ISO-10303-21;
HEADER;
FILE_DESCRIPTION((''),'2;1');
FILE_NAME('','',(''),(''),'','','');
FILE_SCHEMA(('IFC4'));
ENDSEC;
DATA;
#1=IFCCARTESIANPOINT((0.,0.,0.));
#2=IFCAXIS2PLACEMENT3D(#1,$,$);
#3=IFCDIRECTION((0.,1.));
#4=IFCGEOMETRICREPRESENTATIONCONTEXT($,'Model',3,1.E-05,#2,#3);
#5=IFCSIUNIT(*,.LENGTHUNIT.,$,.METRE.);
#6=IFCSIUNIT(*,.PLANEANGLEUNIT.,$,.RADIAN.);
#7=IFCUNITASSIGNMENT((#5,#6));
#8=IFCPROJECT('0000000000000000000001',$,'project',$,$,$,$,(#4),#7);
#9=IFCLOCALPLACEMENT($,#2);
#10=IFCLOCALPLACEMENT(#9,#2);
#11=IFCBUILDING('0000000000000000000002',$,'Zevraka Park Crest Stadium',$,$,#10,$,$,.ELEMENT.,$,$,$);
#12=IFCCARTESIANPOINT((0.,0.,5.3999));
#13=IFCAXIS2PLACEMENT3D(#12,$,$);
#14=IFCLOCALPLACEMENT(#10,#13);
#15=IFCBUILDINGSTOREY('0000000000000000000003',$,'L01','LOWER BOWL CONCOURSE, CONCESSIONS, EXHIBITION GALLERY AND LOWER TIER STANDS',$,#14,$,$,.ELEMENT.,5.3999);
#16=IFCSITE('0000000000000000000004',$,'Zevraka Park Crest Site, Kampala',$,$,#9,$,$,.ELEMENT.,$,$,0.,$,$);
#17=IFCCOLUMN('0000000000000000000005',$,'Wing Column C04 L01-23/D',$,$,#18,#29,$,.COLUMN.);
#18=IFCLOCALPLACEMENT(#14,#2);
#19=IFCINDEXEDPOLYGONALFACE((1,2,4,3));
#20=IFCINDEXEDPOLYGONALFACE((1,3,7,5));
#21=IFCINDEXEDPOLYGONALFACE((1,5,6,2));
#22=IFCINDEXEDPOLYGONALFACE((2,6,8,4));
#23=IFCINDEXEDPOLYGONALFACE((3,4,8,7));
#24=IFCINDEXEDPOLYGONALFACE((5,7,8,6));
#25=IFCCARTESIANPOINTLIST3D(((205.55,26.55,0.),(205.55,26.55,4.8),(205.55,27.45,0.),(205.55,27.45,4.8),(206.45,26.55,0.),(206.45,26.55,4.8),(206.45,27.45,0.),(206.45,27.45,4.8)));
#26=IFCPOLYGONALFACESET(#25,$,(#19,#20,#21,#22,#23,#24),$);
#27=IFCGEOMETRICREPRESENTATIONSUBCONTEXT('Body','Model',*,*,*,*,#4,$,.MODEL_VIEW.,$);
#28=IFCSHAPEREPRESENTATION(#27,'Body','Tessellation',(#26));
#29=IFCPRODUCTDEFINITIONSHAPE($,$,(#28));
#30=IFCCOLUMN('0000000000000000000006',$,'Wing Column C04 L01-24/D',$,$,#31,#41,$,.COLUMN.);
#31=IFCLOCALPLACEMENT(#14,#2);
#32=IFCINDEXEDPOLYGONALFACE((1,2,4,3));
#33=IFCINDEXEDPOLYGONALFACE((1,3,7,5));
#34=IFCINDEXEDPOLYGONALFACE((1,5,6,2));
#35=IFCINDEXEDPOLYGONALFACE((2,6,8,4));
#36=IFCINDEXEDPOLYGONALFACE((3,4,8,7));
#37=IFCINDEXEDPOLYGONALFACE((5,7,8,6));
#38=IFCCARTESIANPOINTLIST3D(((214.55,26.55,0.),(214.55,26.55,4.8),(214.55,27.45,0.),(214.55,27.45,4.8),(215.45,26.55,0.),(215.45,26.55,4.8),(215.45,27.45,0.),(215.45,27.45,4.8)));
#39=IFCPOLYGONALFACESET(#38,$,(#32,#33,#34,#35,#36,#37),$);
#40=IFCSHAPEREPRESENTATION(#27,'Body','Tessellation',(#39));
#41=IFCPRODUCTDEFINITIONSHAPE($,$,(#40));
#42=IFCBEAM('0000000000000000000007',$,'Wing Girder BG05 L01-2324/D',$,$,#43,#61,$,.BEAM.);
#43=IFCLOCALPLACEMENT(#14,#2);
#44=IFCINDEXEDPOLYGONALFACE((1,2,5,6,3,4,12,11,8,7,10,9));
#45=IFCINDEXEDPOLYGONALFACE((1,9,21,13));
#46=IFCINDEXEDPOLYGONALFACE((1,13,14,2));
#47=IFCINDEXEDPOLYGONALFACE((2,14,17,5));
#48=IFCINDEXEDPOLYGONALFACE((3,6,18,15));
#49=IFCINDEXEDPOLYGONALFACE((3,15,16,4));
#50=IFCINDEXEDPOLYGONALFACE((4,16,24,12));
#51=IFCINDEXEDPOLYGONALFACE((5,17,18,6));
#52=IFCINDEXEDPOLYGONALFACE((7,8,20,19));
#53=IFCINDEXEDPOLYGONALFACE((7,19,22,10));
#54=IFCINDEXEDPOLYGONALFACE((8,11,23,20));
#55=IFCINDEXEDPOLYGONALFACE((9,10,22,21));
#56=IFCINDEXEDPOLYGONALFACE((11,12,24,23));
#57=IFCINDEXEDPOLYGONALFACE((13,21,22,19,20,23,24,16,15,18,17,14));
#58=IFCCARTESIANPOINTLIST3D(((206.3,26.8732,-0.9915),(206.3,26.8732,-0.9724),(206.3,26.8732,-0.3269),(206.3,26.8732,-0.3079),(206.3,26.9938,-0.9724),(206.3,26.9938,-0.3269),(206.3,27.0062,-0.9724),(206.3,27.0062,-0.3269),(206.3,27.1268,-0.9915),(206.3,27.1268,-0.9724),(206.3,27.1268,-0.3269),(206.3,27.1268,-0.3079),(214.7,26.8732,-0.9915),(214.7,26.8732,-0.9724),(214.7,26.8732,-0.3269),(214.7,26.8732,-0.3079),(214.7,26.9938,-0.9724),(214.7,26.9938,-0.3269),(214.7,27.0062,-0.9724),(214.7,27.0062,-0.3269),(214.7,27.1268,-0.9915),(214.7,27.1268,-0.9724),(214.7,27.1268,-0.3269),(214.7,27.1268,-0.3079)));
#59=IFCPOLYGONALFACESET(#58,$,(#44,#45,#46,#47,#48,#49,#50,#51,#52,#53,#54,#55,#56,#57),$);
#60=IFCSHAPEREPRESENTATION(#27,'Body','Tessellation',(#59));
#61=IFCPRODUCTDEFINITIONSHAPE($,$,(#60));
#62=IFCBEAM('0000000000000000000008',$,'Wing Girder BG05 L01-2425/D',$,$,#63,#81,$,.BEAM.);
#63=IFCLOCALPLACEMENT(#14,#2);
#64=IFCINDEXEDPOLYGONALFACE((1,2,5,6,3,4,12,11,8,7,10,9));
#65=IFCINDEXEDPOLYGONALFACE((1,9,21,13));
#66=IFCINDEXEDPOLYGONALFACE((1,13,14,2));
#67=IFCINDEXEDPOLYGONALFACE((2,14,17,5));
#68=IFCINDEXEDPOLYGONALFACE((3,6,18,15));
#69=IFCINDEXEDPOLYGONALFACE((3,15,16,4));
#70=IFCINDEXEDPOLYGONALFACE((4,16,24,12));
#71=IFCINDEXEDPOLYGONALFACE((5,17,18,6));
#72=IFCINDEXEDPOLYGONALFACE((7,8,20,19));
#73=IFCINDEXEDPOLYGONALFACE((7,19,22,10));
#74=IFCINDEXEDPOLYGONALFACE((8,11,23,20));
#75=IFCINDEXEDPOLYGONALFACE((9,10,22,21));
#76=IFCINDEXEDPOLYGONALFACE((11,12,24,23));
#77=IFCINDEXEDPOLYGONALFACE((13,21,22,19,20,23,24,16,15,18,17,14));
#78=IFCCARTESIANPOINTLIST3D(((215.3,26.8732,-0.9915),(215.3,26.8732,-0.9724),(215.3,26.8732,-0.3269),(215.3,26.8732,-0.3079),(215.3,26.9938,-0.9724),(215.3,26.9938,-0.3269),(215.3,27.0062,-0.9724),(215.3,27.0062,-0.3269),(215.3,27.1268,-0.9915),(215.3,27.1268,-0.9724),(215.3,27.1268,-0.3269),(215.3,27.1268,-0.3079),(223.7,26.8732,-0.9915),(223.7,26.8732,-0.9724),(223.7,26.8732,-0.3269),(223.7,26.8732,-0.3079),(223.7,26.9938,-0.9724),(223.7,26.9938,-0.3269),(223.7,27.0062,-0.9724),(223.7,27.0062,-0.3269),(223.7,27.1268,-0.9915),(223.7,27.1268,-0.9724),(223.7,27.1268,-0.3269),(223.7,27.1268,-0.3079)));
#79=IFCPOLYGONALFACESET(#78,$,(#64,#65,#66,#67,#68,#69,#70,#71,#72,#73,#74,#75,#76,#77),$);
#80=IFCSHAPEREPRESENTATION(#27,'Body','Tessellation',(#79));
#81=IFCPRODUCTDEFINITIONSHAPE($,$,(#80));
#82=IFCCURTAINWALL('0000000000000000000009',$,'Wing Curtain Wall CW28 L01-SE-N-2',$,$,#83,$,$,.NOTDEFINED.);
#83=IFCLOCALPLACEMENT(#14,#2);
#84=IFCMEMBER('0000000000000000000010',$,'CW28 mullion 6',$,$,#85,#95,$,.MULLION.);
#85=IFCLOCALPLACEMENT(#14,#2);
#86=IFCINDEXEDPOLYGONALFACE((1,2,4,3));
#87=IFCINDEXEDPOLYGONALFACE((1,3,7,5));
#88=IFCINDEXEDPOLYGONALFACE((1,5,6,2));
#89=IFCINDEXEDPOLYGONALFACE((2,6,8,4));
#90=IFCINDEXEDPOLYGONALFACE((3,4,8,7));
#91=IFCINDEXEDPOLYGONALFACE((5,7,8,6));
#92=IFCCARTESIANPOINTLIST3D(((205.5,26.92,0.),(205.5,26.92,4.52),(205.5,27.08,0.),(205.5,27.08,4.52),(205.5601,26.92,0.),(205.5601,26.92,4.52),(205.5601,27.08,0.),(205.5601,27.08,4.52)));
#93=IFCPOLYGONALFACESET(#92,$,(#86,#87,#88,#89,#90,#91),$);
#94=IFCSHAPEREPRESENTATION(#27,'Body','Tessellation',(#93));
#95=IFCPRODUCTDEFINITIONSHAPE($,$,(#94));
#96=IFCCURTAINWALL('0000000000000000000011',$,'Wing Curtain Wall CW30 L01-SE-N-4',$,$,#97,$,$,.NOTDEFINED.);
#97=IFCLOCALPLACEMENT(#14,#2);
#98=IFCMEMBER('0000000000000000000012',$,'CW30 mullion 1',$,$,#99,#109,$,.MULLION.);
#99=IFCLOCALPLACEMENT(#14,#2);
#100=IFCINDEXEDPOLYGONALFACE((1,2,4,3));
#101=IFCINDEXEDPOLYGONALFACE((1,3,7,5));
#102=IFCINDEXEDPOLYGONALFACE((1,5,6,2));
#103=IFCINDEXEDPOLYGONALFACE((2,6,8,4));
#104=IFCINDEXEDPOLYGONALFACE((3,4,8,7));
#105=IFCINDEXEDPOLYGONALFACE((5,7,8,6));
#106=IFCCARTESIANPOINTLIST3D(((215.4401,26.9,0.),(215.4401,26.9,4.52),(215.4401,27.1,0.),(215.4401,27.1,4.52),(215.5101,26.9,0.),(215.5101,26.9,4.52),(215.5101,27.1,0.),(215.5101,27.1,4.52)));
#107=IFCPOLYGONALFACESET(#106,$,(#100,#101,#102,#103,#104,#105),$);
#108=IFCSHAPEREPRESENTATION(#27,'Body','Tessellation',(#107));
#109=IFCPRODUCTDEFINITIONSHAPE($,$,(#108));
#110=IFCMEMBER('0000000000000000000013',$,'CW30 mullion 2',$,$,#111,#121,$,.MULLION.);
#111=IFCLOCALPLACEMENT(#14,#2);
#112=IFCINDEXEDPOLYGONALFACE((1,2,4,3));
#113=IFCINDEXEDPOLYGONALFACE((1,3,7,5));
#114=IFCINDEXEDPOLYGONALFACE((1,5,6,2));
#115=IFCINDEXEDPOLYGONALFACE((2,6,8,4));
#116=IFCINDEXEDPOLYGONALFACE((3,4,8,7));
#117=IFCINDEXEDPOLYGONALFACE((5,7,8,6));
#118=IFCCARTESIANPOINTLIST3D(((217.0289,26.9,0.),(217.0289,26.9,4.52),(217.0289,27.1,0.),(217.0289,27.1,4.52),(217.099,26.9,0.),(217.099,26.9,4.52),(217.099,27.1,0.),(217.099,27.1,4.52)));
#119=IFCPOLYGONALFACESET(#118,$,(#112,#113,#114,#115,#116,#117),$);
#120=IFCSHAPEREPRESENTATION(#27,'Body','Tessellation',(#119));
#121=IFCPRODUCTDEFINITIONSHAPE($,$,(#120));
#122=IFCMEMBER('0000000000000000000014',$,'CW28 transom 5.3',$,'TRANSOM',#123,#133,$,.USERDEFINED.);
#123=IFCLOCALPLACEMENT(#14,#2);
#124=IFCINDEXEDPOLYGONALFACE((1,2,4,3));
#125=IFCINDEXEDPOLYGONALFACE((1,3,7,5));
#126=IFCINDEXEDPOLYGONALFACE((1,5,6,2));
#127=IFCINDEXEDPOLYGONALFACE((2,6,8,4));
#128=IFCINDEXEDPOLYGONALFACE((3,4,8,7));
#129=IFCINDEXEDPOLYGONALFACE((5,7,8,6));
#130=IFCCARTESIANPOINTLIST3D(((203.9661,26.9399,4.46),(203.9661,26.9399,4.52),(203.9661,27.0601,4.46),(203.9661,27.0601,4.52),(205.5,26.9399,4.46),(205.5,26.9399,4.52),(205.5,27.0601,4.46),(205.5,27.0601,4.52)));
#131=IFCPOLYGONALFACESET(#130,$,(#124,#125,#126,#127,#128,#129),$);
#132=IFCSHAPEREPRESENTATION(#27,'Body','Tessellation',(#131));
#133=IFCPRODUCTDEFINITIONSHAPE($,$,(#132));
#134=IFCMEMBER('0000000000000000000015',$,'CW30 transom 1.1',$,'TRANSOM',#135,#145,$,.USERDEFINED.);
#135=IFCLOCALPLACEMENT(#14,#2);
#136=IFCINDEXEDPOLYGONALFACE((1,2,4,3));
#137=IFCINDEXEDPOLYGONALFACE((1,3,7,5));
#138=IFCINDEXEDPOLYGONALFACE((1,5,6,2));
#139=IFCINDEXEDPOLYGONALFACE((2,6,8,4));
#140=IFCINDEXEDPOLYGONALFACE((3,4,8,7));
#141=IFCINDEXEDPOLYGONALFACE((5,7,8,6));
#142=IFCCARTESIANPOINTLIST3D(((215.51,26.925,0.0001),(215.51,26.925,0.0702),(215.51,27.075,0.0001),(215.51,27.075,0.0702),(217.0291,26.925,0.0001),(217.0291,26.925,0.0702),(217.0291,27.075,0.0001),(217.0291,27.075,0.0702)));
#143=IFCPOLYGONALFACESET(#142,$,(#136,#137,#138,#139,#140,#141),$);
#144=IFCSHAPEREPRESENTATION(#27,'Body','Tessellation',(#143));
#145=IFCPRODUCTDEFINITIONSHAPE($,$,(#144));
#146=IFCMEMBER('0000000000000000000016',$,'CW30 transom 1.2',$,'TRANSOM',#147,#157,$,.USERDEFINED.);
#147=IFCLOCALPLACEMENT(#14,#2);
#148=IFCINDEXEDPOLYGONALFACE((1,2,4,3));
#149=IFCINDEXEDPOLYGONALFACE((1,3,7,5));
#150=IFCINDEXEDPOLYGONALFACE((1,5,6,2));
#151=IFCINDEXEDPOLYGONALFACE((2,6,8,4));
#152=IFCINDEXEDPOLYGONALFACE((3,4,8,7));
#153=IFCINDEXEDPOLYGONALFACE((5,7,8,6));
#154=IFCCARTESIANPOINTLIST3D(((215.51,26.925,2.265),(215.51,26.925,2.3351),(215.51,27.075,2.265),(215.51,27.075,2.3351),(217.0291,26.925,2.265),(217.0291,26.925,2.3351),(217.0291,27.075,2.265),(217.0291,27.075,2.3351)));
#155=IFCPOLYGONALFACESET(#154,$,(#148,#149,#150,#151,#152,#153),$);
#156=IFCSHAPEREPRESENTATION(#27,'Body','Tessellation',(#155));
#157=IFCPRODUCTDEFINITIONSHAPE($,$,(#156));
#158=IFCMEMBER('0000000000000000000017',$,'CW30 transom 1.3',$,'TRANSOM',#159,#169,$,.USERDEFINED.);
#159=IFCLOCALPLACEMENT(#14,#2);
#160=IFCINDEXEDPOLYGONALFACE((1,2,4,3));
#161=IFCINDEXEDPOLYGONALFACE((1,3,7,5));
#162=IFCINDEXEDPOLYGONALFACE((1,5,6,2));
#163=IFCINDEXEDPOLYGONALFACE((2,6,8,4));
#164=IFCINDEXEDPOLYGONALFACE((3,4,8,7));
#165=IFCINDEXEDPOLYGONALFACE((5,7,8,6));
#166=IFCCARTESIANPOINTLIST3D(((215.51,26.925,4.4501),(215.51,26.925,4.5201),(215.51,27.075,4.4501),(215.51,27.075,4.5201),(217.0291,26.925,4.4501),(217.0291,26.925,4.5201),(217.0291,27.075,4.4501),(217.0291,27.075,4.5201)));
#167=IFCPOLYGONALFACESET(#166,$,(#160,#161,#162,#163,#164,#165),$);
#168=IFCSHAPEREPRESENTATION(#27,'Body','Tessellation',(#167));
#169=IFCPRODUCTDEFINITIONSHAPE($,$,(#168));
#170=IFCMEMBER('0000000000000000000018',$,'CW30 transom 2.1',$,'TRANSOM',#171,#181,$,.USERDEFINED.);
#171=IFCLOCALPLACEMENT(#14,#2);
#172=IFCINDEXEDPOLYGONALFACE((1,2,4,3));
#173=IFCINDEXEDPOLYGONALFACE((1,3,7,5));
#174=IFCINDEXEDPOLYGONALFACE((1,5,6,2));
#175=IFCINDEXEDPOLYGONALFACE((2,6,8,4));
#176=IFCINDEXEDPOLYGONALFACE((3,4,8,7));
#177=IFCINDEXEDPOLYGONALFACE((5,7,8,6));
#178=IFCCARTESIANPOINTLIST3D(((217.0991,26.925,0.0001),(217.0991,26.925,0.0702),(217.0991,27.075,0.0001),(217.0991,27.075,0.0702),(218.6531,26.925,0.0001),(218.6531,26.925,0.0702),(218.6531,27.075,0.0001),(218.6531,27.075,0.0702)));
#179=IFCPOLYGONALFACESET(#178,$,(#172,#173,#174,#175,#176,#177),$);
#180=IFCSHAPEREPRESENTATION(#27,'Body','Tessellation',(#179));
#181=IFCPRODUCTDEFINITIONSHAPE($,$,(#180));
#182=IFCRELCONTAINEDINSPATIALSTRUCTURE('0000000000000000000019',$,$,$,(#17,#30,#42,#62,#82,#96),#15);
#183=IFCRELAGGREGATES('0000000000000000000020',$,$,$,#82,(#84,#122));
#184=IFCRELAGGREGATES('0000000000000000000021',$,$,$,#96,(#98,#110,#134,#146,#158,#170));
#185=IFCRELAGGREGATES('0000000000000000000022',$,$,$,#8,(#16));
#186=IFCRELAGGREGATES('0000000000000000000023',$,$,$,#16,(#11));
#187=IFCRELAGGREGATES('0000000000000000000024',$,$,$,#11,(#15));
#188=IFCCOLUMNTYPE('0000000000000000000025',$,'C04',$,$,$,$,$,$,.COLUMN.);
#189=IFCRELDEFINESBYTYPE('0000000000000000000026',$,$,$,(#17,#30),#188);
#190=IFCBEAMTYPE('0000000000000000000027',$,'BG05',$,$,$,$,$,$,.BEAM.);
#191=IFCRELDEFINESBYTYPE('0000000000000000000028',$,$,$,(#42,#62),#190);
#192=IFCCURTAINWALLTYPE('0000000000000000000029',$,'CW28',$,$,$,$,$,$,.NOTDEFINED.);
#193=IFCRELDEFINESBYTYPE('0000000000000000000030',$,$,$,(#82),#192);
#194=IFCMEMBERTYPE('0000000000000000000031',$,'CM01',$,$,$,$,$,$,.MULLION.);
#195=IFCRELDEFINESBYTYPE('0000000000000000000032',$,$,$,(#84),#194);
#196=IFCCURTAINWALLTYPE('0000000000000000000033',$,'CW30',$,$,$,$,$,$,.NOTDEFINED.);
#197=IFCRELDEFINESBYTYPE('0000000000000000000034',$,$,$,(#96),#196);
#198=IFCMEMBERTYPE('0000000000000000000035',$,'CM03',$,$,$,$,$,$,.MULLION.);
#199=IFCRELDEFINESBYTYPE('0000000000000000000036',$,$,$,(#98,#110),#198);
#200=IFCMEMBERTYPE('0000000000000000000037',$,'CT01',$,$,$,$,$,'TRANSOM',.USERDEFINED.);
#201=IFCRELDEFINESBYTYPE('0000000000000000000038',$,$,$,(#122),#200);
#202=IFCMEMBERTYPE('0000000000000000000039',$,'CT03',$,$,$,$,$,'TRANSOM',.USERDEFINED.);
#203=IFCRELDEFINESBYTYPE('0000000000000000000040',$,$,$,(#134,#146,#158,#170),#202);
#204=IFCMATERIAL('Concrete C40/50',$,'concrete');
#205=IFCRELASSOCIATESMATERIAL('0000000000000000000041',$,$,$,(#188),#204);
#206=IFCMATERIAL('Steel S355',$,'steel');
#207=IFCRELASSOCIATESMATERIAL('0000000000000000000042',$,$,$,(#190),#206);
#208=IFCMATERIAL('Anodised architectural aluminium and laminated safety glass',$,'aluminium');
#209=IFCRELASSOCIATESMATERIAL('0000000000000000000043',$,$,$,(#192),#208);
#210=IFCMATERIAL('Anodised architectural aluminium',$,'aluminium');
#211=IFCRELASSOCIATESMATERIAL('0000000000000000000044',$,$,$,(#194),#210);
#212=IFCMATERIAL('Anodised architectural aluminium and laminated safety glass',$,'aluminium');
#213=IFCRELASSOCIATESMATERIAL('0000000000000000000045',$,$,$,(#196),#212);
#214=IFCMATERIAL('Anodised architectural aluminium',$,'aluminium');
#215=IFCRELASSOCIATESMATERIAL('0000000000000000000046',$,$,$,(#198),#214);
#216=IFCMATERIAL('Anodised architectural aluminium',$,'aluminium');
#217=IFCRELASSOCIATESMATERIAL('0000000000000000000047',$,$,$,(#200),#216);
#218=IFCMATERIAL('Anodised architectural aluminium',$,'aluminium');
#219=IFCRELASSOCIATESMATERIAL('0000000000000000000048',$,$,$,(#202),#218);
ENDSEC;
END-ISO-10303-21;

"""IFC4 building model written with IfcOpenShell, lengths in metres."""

from ifc_helpers import new_model, si_unit, direction, frame, origin, origin_2d, place, context, subcontext, project, spatial, rectangle, i_section, extrude, material, material_profile, profile_set, type_object, element, aggregate, save


model = new_model("IFC4")

# Units and contexts
model_context = context("Model", 3, precision=1e-05, world=origin(), true_north=direction((0.0, 1.0)))
body_context = subcontext(model_context, "Body", "Model", "MODEL_VIEW")
ifc_project = project(units=[si_unit("LENGTHUNIT", "METRE"), si_unit("PLANEANGLEUNIT", "RADIAN")], contexts=[model_context])

# Site, building, storey
site_placement = place(None, origin())
site = spatial("IfcSite", under=ifc_project, at=site_placement, Name="Zevraka Park Crest Site, Kampala", CompositionType="ELEMENT", RefElevation=0.0)
building_placement = place(site_placement, origin())
building = spatial("IfcBuilding", under=site, at=building_placement, Name="Zevraka Park Crest Stadium", CompositionType="ELEMENT")
storey_placement = place(building_placement, frame((0.0, 0.0, 5.3999)))
storey = spatial("IfcBuildingStorey", under=building, at=storey_placement, Name="L01", Description="LOWER BOWL CONCOURSE, CONCESSIONS, EXHIBITION GALLERY AND LOWER TIER STANDS", CompositionType="ELEMENT", Elevation=5.3999)

# Columns
ifc_material_1 = material(Name="Concrete C40/50", Category="concrete")
ifc_material_profile_1 = material_profile(ifc_material_1, rectangle(XDim=0.8999, YDim=0.8999, at=origin_2d()), Name="RC 900x900")
ifc_profile_set_1 = profile_set([ifc_material_profile_1], Name="Concrete C40/50")
column_type = type_object("IfcColumnType", Name="C04", PredefinedType="COLUMN", material=ifc_profile_set_1)
for number, where, z_axis, x_axis, name in (
    (1, (206.0, 27.0, 0.0), (0.0, 0.0, 1.0), (1.0, 0.0, 0.0), "Wing Column C04 L01-23/D"),
    (2, (215.0, 27.0, 0.0), (0.0, 0.0, 1.0), (1.0, 0.0, 0.0), "Wing Column C04 L01-24/D"),
):
    element("IfcColumn", number, at=place(storey_placement, frame(where, z_axis=z_axis, x_axis=x_axis)), inside=storey, type_object=column_type, Name=name, PredefinedType="COLUMN", context=body_context, shape_type="SweptSolid", body=[
        extrude(rectangle(XDim=0.8999, YDim=0.8999, at=origin_2d()), origin(), (0.0, 0.0, 1.0), 4.8),
    ])

# Beams
ifc_material_2 = material(Name="Steel S355", Category="steel")
ifc_material_profile_2 = material_profile(ifc_material_2, i_section(OverallWidth=0.2537, OverallDepth=0.6836, WebThickness=0.0125, FlangeThickness=0.019, at=origin_2d()), Name="UKB 686x254x140")
ifc_profile_set_2 = profile_set([ifc_material_profile_2], Name="Steel S355")
beam_type = type_object("IfcBeamType", Name="BG05", PredefinedType="BEAM", material=ifc_profile_set_2)
for number, where, z_axis, x_axis, name in (
    (3, (206.3, 27.0, -0.6497), (1.0, 0.0, 0.0), (0.0, 1.0, 0.0), "Wing Girder BG05 L01-2324/D"),
    (4, (215.3, 27.0, -0.6497), (1.0, 0.0, 0.0), (0.0, 1.0, 0.0), "Wing Girder BG05 L01-2425/D"),
):
    element("IfcBeam", number, at=place(storey_placement, frame(where, z_axis=z_axis, x_axis=x_axis)), inside=storey, type_object=beam_type, Name=name, PredefinedType="BEAM", context=body_context, shape_type="SweptSolid", body=[
        extrude(i_section(OverallWidth=0.2537, OverallDepth=0.6836, WebThickness=0.0125, FlangeThickness=0.019, at=origin_2d()), origin(), (0.0, 0.0, 1.0), 8.3999),
    ])

# Curtain wall, member
ifc_material_3 = material(Name="Anodised architectural aluminium and laminated safety glass", Category="aluminium")
curtain_wall_type_1 = type_object("IfcCurtainWallType", Name="CW28", PredefinedType="NOTDEFINED", material=ifc_material_3)
curtain_wall_1_placement = place(storey_placement, origin())
curtain_wall_1 = element("IfcCurtainWall", 5, at=curtain_wall_1_placement, inside=storey, type_object=curtain_wall_type_1, Name="Wing Curtain Wall CW28 L01-SE-N-2", PredefinedType="NOTDEFINED")
ifc_material_4 = material(Name="Anodised architectural aluminium", Category="aluminium")
ifc_material_profile_3 = material_profile(ifc_material_4, rectangle(XDim=0.1599, YDim=0.0601, at=origin_2d()), Name="ALU MULLION 160x60")
ifc_profile_set_3 = profile_set([ifc_material_profile_3], Name="Anodised architectural aluminium")
member_type_1 = type_object("IfcMemberType", Name="CM01", PredefinedType="MULLION", material=ifc_profile_set_3)
member_1_placement = place(storey_placement, frame((205.53, 27.0, 0.0), z_axis=(0.0, 0.0, 1.0), x_axis=(0.0, 1.0, 0.0)))
member_1 = element("IfcMember", 6, at=member_1_placement, type_object=member_type_1, Name="CW28 mullion 6", PredefinedType="MULLION", context=body_context, shape_type="SweptSolid", body=[
    extrude(rectangle(XDim=0.1599, YDim=0.0601, at=origin_2d()), origin(), (0.0, 0.0, 1.0), 4.52),
])

# Curtain wall, members
ifc_material_5 = material(Name="Anodised architectural aluminium and laminated safety glass", Category="aluminium")
curtain_wall_type_2 = type_object("IfcCurtainWallType", Name="CW30", PredefinedType="NOTDEFINED", material=ifc_material_5)
curtain_wall_2_placement = place(storey_placement, origin())
curtain_wall_2 = element("IfcCurtainWall", 7, at=curtain_wall_2_placement, inside=storey, type_object=curtain_wall_type_2, Name="Wing Curtain Wall CW30 L01-SE-N-4", PredefinedType="NOTDEFINED")
ifc_material_6 = material(Name="Anodised architectural aluminium", Category="aluminium")
ifc_material_profile_4 = material_profile(ifc_material_6, rectangle(XDim=0.2, YDim=0.0701, at=origin_2d()), Name="ALU MULLION 200x70")
ifc_profile_set_4 = profile_set([ifc_material_profile_4], Name="Anodised architectural aluminium")
member_type_2 = type_object("IfcMemberType", Name="CM03", PredefinedType="MULLION", material=ifc_profile_set_4)
member_2_placement = place(storey_placement, frame((215.4751, 27.0, 0.0), z_axis=(0.0, 0.0, 1.0), x_axis=(0.0, 1.0, 0.0)))
member_2 = element("IfcMember", 8, at=member_2_placement, type_object=member_type_2, Name="CW30 mullion 1", PredefinedType="MULLION", context=body_context, shape_type="SweptSolid", body=[
    extrude(rectangle(XDim=0.2, YDim=0.0701, at=origin_2d()), origin(), (0.0, 0.0, 1.0), 4.52),
])
member_3_placement = place(storey_placement, frame((217.064, 27.0, 0.0), z_axis=(0.0, 0.0, 1.0), x_axis=(0.0, 1.0, 0.0)))
member_3 = element("IfcMember", 9, at=member_3_placement, type_object=member_type_2, Name="CW30 mullion 2", PredefinedType="MULLION", context=body_context, shape_type="SweptSolid", body=[
    extrude(rectangle(XDim=0.2, YDim=0.0701, at=origin_2d()), origin(), (0.0, 0.0, 1.0), 4.52),
])

# Members
ifc_material_7 = material(Name="Anodised architectural aluminium", Category="aluminium")
ifc_material_profile_5 = material_profile(ifc_material_7, rectangle(XDim=0.1201, YDim=0.0601, at=origin_2d()), Name="ALU TRANSOM 120x60")
ifc_profile_set_5 = profile_set([ifc_material_profile_5], Name="Anodised architectural aluminium")
member_type_3 = type_object("IfcMemberType", Name="CT01", ElementType="TRANSOM", PredefinedType="USERDEFINED", material=ifc_profile_set_5)
member_4_placement = place(storey_placement, frame((203.9661, 27.0, 4.49), z_axis=(1.0, 0.0, 0.0), x_axis=(0.0, 1.0, 0.0)))
member_4 = element("IfcMember", 10, at=member_4_placement, type_object=member_type_3, Name="CW28 transom 5.3", ObjectType="TRANSOM", PredefinedType="USERDEFINED", context=body_context, shape_type="SweptSolid", body=[
    extrude(rectangle(XDim=0.1201, YDim=0.0601, at=origin_2d()), origin(), (0.0, 0.0, 1.0), 1.5339),
])
ifc_material_8 = material(Name="Anodised architectural aluminium", Category="aluminium")
ifc_material_profile_6 = material_profile(ifc_material_8, rectangle(XDim=0.1499, YDim=0.0701, at=origin_2d()), Name="ALU TRANSOM 150x70")
ifc_profile_set_6 = profile_set([ifc_material_profile_6], Name="Anodised architectural aluminium")
member_type_4 = type_object("IfcMemberType", Name="CT03", ElementType="TRANSOM", PredefinedType="USERDEFINED", material=ifc_profile_set_6)
member_5_placement = place(storey_placement, frame((215.51, 27.0, 0.0352), z_axis=(1.0, 0.0, 0.0), x_axis=(0.0, 1.0, 0.0)))
member_5 = element("IfcMember", 11, at=member_5_placement, type_object=member_type_4, Name="CW30 transom 1.1", ObjectType="TRANSOM", PredefinedType="USERDEFINED", context=body_context, shape_type="SweptSolid", body=[
    extrude(rectangle(XDim=0.1499, YDim=0.0701, at=origin_2d()), origin(), (0.0, 0.0, 1.0), 1.519),
])
member_6_placement = place(storey_placement, frame((215.51, 27.0, 2.3), z_axis=(1.0, 0.0, 0.0), x_axis=(0.0, 1.0, 0.0)))
member_6 = element("IfcMember", 12, at=member_6_placement, type_object=member_type_4, Name="CW30 transom 1.2", ObjectType="TRANSOM", PredefinedType="USERDEFINED", context=body_context, shape_type="SweptSolid", body=[
    extrude(rectangle(XDim=0.1499, YDim=0.0701, at=origin_2d()), origin(), (0.0, 0.0, 1.0), 1.519),
])
member_7_placement = place(storey_placement, frame((215.51, 27.0, 4.4851), z_axis=(1.0, 0.0, 0.0), x_axis=(0.0, 1.0, 0.0)))
member_7 = element("IfcMember", 13, at=member_7_placement, type_object=member_type_4, Name="CW30 transom 1.3", ObjectType="TRANSOM", PredefinedType="USERDEFINED", context=body_context, shape_type="SweptSolid", body=[
    extrude(rectangle(XDim=0.1499, YDim=0.0701, at=origin_2d()), origin(), (0.0, 0.0, 1.0), 1.519),
])
member_8_placement = place(storey_placement, frame((217.0991, 27.0, 0.0352), z_axis=(1.0, 0.0, 0.0), x_axis=(0.0, 1.0, 0.0)))
member_8 = element("IfcMember", 14, at=member_8_placement, type_object=member_type_4, Name="CW30 transom 2.1", ObjectType="TRANSOM", PredefinedType="USERDEFINED", context=body_context, shape_type="SweptSolid", body=[
    extrude(rectangle(XDim=0.1499, YDim=0.0701, at=origin_2d()), origin(), (0.0, 0.0, 1.0), 1.554),
])

aggregate(curtain_wall_1, [member_1, member_4])
aggregate(curtain_wall_2, [member_2, member_3, member_5, member_6, member_7, member_8])

save(model, "model.ifc")
